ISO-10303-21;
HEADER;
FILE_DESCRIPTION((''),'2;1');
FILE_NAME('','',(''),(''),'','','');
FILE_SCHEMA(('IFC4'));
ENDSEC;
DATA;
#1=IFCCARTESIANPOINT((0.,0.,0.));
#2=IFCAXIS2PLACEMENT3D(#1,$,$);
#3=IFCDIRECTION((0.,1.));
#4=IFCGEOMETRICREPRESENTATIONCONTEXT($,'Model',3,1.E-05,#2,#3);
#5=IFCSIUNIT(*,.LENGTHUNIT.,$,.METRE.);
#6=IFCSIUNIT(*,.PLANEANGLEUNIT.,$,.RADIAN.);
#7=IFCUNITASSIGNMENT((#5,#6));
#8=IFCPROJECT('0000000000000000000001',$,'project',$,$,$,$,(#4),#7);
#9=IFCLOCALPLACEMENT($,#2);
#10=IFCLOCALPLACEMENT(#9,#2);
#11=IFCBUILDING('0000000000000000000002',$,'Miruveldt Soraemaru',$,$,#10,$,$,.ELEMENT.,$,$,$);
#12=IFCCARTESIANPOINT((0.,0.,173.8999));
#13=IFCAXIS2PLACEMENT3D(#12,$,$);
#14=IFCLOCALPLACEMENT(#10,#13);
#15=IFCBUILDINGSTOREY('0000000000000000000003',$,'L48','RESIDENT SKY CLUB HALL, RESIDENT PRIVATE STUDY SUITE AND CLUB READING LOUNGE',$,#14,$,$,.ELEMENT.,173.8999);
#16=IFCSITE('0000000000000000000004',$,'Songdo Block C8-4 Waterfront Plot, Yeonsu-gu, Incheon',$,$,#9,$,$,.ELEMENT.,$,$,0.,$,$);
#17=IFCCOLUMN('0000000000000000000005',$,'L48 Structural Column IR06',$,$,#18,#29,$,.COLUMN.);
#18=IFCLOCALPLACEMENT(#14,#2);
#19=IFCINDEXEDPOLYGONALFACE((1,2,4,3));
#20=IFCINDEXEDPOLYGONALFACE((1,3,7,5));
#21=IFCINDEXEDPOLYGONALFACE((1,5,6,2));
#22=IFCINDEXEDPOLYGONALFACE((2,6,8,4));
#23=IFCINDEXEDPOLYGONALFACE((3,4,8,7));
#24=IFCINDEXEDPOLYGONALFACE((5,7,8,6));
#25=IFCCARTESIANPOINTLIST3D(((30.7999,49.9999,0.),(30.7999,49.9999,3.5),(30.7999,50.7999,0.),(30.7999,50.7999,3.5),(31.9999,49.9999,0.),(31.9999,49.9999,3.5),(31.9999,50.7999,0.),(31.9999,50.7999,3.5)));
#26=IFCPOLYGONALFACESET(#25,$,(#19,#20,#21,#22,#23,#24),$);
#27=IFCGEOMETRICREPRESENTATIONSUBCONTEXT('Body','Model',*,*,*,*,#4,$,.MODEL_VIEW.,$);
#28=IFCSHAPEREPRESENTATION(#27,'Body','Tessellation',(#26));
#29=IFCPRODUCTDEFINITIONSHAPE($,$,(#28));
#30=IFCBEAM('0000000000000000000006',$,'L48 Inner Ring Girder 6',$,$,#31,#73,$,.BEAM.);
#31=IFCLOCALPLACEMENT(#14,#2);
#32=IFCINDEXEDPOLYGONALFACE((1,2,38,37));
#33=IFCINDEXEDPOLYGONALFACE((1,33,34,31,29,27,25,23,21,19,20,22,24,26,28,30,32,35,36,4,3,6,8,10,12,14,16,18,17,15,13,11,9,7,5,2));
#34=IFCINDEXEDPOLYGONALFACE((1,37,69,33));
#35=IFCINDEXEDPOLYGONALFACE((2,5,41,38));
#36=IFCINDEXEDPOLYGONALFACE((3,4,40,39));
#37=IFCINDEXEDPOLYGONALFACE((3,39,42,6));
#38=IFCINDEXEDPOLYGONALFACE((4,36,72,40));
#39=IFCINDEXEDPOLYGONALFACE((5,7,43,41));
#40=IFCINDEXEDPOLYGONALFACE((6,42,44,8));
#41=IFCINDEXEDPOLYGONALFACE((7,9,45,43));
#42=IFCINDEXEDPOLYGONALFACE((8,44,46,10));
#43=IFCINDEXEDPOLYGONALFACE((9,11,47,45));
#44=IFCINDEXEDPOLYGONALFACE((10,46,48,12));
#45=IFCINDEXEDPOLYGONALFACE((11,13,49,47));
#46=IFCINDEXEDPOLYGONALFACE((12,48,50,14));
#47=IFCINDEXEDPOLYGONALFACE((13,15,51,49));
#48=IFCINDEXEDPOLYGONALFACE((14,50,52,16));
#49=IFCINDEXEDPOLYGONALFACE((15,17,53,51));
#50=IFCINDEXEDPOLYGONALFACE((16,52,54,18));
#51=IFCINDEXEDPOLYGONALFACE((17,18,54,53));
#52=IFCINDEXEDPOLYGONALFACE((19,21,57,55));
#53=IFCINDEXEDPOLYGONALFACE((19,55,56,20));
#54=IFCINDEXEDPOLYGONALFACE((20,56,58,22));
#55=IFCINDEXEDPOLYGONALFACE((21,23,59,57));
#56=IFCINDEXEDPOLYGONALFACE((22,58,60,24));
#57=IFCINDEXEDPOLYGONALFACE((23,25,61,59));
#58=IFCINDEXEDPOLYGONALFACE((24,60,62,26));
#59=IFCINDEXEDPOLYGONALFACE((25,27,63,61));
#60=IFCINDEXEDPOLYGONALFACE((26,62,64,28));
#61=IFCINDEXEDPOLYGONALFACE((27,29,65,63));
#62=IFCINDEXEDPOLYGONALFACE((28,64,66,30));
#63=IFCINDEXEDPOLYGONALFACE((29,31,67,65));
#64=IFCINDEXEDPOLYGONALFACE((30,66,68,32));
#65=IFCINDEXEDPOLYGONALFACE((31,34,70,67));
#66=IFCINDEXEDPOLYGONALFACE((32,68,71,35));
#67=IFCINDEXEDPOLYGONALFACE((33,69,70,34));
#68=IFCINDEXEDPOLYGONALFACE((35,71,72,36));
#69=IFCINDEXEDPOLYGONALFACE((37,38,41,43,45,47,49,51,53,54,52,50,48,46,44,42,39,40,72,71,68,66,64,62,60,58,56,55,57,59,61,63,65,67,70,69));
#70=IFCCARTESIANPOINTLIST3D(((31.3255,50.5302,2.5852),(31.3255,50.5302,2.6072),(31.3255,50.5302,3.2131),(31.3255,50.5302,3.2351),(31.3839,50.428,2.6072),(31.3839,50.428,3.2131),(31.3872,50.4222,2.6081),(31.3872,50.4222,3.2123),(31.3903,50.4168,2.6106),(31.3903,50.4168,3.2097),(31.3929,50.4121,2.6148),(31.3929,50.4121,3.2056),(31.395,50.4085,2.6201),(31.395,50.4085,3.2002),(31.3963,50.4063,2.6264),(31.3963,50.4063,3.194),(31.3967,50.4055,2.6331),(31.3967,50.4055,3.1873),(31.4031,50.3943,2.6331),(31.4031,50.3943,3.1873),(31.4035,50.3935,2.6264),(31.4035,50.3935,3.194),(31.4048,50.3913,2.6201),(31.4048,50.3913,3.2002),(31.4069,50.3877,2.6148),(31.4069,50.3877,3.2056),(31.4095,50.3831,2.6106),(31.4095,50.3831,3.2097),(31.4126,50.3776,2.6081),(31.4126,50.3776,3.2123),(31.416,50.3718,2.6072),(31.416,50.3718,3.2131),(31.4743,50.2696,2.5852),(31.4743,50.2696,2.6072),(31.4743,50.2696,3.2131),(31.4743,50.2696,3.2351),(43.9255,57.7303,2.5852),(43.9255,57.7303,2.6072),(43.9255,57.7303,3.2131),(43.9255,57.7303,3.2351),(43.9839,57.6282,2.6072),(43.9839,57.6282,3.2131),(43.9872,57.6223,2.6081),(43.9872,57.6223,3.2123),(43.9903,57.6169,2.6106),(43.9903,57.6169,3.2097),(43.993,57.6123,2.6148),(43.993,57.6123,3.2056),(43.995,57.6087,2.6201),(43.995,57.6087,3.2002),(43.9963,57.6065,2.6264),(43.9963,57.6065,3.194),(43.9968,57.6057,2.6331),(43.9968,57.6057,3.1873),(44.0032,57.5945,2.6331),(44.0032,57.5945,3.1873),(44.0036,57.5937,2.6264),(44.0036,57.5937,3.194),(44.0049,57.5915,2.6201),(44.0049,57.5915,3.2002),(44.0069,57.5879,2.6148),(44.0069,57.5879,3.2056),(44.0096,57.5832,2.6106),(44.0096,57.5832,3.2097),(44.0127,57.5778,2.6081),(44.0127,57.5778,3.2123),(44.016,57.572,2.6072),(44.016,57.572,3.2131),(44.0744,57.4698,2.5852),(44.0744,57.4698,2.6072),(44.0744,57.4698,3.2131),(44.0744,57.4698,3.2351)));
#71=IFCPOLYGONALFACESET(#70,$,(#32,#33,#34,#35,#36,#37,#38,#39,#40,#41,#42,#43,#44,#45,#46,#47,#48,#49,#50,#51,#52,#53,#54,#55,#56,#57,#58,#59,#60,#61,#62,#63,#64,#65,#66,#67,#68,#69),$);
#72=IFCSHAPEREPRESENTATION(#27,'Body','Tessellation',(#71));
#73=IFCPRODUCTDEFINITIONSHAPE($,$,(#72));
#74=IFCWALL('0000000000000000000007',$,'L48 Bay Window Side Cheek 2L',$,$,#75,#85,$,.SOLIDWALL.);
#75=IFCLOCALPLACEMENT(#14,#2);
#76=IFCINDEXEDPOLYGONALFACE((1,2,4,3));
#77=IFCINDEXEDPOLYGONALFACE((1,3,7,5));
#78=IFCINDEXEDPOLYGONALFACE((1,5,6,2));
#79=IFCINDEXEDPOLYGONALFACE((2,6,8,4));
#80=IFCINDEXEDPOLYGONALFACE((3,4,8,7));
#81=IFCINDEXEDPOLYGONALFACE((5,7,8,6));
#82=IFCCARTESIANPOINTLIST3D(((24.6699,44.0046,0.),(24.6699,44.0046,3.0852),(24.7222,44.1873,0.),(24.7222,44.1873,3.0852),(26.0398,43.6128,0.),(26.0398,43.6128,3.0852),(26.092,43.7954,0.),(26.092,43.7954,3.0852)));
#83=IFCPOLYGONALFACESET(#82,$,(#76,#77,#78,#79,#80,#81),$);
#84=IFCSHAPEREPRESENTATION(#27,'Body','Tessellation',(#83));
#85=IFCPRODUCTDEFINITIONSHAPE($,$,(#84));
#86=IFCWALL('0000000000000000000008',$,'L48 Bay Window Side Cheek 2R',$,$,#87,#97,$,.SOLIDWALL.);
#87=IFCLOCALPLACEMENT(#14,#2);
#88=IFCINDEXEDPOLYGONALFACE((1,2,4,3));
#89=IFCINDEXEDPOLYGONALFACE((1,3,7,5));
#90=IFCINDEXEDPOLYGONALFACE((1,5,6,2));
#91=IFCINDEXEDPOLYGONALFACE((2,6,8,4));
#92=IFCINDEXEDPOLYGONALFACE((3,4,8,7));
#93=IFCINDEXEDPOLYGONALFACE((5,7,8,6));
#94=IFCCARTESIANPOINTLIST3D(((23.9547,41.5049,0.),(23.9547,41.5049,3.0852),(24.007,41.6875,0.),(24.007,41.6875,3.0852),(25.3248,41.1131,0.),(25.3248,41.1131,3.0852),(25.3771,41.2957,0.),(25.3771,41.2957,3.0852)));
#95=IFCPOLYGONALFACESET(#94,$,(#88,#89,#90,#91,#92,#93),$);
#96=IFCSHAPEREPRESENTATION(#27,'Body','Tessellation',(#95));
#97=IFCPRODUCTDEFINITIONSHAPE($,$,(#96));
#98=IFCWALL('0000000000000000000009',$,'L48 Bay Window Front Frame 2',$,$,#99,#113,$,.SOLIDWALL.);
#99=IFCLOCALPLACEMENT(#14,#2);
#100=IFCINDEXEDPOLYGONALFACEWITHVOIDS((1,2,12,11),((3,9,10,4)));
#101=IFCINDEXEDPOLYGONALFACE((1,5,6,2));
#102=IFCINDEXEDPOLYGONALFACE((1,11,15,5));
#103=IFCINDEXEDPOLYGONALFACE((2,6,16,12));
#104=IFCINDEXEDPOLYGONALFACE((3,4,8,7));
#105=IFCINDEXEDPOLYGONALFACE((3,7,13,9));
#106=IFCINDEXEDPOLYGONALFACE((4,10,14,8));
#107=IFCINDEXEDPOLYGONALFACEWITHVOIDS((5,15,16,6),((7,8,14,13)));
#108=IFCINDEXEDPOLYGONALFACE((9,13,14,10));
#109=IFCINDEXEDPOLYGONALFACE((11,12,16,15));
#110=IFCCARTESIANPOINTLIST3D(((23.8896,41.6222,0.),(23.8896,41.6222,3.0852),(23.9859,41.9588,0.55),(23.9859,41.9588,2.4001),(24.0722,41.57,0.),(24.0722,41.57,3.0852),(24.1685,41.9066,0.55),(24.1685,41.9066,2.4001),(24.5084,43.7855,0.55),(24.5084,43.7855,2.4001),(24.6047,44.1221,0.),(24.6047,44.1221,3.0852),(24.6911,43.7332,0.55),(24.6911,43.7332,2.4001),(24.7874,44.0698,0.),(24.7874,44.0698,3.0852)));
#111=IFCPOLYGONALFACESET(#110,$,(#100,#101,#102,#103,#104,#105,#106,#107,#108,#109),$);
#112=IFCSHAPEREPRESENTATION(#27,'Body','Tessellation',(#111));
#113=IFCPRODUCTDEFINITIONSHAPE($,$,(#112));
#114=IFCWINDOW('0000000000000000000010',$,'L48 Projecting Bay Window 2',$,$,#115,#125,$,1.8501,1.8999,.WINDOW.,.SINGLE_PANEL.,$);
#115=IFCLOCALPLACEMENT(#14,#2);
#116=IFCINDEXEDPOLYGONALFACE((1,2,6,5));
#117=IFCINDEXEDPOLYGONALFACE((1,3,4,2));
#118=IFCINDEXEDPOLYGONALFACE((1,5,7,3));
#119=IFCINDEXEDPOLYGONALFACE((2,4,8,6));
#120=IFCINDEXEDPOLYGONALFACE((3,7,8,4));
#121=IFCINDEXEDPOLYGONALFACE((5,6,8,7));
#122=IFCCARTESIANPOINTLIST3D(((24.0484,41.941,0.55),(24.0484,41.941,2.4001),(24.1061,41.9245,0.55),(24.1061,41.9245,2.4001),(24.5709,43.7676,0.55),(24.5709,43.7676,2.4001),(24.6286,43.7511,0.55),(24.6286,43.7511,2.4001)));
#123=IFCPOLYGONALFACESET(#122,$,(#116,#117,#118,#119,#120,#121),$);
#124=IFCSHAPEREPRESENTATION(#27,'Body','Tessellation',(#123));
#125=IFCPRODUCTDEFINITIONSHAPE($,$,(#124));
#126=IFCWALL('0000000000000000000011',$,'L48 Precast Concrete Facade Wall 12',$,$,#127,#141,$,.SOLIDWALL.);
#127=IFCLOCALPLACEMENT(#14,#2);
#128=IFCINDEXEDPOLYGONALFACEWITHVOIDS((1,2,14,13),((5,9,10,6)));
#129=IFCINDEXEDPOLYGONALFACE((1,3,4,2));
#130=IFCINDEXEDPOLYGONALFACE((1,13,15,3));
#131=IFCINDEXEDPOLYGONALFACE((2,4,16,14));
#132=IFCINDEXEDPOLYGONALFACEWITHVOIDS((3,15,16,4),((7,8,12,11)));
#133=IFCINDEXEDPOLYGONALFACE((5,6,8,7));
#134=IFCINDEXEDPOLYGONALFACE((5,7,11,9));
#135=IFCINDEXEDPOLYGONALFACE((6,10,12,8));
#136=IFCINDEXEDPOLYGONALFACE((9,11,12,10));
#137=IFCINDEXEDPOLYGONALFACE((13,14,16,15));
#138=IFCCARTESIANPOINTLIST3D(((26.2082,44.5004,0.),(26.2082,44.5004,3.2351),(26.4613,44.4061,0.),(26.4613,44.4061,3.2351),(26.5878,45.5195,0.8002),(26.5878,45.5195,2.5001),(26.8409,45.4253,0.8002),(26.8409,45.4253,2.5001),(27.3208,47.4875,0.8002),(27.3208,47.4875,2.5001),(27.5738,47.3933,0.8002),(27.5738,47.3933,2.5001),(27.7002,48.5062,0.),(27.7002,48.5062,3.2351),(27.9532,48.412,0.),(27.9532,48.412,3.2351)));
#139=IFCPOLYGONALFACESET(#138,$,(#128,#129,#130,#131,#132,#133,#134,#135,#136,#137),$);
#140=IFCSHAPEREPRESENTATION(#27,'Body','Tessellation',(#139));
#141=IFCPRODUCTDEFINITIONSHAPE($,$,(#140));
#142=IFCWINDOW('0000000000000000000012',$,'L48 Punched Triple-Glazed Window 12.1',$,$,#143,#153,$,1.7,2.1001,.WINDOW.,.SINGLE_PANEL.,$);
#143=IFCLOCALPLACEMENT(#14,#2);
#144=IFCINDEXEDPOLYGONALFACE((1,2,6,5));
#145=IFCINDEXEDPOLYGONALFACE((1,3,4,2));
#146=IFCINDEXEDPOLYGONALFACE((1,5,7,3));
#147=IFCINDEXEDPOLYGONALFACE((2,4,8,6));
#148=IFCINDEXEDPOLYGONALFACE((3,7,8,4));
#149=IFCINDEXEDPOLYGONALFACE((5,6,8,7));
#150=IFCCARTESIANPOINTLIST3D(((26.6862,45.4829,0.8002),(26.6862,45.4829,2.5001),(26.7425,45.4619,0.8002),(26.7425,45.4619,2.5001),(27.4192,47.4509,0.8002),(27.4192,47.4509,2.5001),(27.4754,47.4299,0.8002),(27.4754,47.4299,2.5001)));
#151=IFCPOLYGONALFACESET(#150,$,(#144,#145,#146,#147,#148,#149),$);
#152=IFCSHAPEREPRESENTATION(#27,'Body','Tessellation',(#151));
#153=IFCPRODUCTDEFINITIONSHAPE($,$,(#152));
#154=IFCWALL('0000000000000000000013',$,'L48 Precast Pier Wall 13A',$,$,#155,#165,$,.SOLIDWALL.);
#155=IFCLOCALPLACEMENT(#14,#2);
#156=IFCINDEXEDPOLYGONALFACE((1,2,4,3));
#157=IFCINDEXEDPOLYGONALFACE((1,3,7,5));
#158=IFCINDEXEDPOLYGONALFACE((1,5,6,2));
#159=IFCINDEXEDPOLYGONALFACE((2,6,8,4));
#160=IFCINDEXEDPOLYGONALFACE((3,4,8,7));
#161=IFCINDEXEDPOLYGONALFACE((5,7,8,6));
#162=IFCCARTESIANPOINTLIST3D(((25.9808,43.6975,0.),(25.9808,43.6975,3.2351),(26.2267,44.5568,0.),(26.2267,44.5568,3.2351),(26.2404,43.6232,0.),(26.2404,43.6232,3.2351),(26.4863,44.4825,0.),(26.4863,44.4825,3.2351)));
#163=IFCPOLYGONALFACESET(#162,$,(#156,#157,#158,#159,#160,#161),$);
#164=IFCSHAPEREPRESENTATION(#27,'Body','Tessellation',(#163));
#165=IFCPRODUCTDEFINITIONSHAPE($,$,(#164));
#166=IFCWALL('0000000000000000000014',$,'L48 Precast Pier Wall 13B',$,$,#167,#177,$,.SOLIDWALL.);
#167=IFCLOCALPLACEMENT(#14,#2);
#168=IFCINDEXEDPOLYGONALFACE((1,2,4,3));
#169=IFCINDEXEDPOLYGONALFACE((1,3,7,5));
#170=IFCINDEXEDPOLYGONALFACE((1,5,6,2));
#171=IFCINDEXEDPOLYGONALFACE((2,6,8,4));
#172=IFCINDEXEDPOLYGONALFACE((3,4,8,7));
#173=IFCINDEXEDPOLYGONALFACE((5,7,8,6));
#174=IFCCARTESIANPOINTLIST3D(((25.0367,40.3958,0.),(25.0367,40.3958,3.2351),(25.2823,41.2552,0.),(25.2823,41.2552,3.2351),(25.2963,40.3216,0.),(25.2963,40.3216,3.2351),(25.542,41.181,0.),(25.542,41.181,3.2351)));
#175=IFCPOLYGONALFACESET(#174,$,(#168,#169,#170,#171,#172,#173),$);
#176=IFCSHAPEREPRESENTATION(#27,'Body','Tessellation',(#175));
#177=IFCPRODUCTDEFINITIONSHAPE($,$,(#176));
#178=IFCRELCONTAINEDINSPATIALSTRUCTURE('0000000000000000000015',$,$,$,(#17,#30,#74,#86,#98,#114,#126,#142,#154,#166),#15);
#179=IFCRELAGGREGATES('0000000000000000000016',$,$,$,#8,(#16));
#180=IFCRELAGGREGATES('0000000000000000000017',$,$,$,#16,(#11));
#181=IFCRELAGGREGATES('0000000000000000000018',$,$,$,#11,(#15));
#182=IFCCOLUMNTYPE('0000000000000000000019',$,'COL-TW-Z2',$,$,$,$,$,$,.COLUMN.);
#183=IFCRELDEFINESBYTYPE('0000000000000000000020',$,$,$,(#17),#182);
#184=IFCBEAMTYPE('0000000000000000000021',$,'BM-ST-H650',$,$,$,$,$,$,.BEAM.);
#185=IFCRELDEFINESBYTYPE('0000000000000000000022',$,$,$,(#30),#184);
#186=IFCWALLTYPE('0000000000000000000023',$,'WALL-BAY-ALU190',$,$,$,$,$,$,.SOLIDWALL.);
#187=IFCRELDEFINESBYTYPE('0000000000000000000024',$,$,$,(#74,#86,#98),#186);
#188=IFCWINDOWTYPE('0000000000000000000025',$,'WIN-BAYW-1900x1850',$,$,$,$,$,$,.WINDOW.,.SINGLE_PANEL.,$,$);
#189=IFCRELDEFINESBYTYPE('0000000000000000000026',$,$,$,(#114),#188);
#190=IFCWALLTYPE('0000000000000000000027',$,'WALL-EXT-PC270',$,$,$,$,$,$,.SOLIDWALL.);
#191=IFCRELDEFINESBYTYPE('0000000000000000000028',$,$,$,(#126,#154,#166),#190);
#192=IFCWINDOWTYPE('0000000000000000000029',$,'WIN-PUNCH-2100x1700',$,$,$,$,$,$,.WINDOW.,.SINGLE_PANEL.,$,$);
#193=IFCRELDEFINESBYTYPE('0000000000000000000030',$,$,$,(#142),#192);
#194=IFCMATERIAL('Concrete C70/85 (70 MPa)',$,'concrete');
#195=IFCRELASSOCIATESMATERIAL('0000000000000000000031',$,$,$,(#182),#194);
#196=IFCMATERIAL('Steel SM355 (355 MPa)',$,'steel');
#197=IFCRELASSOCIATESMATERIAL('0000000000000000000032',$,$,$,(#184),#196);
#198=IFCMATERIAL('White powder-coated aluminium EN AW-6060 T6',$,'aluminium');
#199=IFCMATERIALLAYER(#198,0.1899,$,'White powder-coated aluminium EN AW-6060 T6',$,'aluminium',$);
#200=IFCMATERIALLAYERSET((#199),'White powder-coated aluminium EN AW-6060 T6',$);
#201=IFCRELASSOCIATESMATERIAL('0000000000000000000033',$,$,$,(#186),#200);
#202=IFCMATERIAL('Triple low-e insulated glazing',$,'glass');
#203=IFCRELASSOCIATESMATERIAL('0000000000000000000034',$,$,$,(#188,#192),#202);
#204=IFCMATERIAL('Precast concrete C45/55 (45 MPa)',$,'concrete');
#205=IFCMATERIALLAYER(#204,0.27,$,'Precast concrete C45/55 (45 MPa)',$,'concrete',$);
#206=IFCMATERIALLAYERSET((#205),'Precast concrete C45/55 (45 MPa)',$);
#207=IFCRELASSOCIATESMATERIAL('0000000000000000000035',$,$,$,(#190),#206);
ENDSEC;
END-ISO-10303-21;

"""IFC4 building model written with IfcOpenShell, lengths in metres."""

from ifc_helpers import new_model, si_unit, direction, frame, frame_2d, origin, origin_2d, place, context, subcontext, project, spatial, rectangle, i_section, extrude, material, layer, layer_set, material_profile, profile_set, type_object, element, fill, save


model = new_model("IFC4")

# Units and contexts
model_context = context("Model", 3, precision=1e-05, world=origin(), true_north=direction((0.0, 1.0)))
body_context = subcontext(model_context, "Body", "Model", "MODEL_VIEW")
ifc_project = project(units=[si_unit("LENGTHUNIT", "METRE"), si_unit("PLANEANGLEUNIT", "RADIAN")], contexts=[model_context])

# Site, building, storey
site_placement = place(None, origin())
site = spatial("IfcSite", under=ifc_project, at=site_placement, Name="Songdo Block C8-4 Waterfront Plot, Yeonsu-gu, Incheon", CompositionType="ELEMENT", RefElevation=0.0)
building_placement = place(site_placement, origin())
building = spatial("IfcBuilding", under=site, at=building_placement, Name="Miruveldt Soraemaru", CompositionType="ELEMENT")
storey_placement = place(building_placement, frame((0.0, 0.0, 173.8999)))
storey = spatial("IfcBuildingStorey", under=building, at=storey_placement, Name="L48", Description="RESIDENT SKY CLUB HALL, RESIDENT PRIVATE STUDY SUITE AND CLUB READING LOUNGE", CompositionType="ELEMENT", Elevation=173.8999)

# Column
ifc_material_1 = material(Name="Concrete C70/85 (70 MPa)", Category="concrete")
ifc_material_profile_1 = material_profile(ifc_material_1, rectangle(XDim=1.2, YDim=0.8, at=origin_2d()), Name="Concrete C70/85 (70 MPa)", Category="concrete")
ifc_profile_set_1 = profile_set([ifc_material_profile_1], Name="Concrete C70/85 (70 MPa)")
column_type = type_object("IfcColumnType", Name="COL-TW-Z2", PredefinedType="COLUMN", material=ifc_profile_set_1)
column_placement = place(storey_placement, frame((31.3999, 50.3999, 0.0), z_axis=(0.0, 0.0, 1.0), x_axis=(1.0, 0.0, 0.0)))
element("IfcColumn", 1, at=column_placement, inside=storey, type_object=column_type, Name="L48 Structural Column IR06", PredefinedType="COLUMN", context=body_context, shape_type="SweptSolid", body=[
    extrude(rectangle(XDim=1.2, YDim=0.8, at=origin_2d()), origin(), (0.0, 0.0, 1.0), 3.5),
])

# Beam
ifc_material_2 = material(Name="Steel SM355 (355 MPa)", Category="steel")
ifc_material_profile_2 = material_profile(ifc_material_2, i_section(OverallWidth=0.3, OverallDepth=0.6499, WebThickness=0.0129, FlangeThickness=0.022, FilletRadius=0.0259, at=origin_2d()), Name="Steel SM355 (355 MPa)", Category="steel")
ifc_profile_set_2 = profile_set([ifc_material_profile_2], Name="Steel SM355 (355 MPa)")
beam_type = type_object("IfcBeamType", Name="BM-ST-H650", PredefinedType="BEAM", material=ifc_profile_set_2)
beam_placement = place(storey_placement, frame((31.3999, 50.3999, 2.9102), z_axis=(0.868239, 0.496146, 0.0), x_axis=(-0.496146, 0.868239, 0.0)))
element("IfcBeam", 2, at=beam_placement, inside=storey, type_object=beam_type, Name="L48 Inner Ring Girder 6", PredefinedType="BEAM", context=body_context, shape_type="SweptSolid", body=[
    extrude(i_section(OverallWidth=0.3, OverallDepth=0.6499, WebThickness=0.0129, FlangeThickness=0.022, FilletRadius=0.0259, at=origin_2d()), origin(), (0.0, 0.0, 1.0), 14.5122),
])

# Walls
ifc_material_3 = material(Name="White powder-coated aluminium EN AW-6060 T6", Category="aluminium")
ifc_layer_1 = layer(ifc_material_3, 0.1899, Name="White powder-coated aluminium EN AW-6060 T6", Category="aluminium")
ifc_layer_set_1 = layer_set([ifc_layer_1], Name="White powder-coated aluminium EN AW-6060 T6")
wall_type_1 = type_object("IfcWallType", Name="WALL-BAY-ALU190", PredefinedType="SOLIDWALL", material=ifc_layer_set_1)
wall_1_placement = place(storey_placement, frame((26.0659, 43.7041, 0.0), z_axis=(0.0, 0.0, 1.0), x_axis=(-0.96144, 0.275015, 0.0)))
element("IfcWall", 3, at=wall_1_placement, inside=storey, type_object=wall_type_1, Name="L48 Bay Window Side Cheek 2L", PredefinedType="SOLIDWALL", context=body_context, shape_type="SweptSolid", body=[
    extrude(rectangle(XDim=1.4248, YDim=0.1899, at=frame_2d((0.7124, 0.0))), origin(), (0.0, 0.0, 1.0), 3.0852),
])
wall_2_placement = place(storey_placement, frame((23.981, 41.5962, 0.0), z_axis=(0.0, 0.0, 1.0), x_axis=(0.961453, -0.27497, 0.0)))
element("IfcWall", 4, at=wall_2_placement, inside=storey, type_object=wall_type_1, Name="L48 Bay Window Side Cheek 2R", PredefinedType="SOLIDWALL", context=body_context, shape_type="SweptSolid", body=[
    extrude(rectangle(XDim=1.425, YDim=0.1899, at=frame_2d((0.7124, 0.0))), origin(), (0.0, 0.0, 1.0), 3.0852),
])

# Walls, openings, windows
wall_3_placement = place(storey_placement, frame((24.696, 44.0959, 0.0), z_axis=(0.0, 0.0, 1.0), x_axis=(-0.275031, -0.961435, 0.0)))
wall_3 = element("IfcWall", 5, at=wall_3_placement, inside=storey, type_object=wall_type_1, Name="L48 Bay Window Front Frame 2", PredefinedType="SOLIDWALL", context=body_context, shape_type="SweptSolid", body=[
    extrude(rectangle(XDim=2.6001, YDim=0.1899, at=frame_2d((1.3, 0.0))), origin(), (0.0, 0.0, 1.0), 3.0852),
])
opening_1_placement = place(wall_3_placement, frame((0.3501, 0.0, 0.55)))
opening_1 = element("IfcOpeningElement", 6, at=opening_1_placement, cuts=wall_3, PredefinedType="OPENING", context=body_context, shape_type="SweptSolid", body=[
    extrude(rectangle(XDim=1.8999, YDim=1.8501, at=frame_2d((0.95, 0.925))), frame((0.0, 0.105, 0.0), z_axis=(0.0, -1.0, 0.0), x_axis=(1.0, 0.0, 0.0)), (0.0, 0.0, 1.0), 0.21),
])
ifc_material_4 = material(Name="Triple low-e insulated glazing", Category="glass")
window_type_1 = type_object("IfcWindowType", Name="WIN-BAYW-1900x1850", PartitioningType="SINGLE_PANEL", PredefinedType="WINDOW", material=ifc_material_4)
window_1_placement = place(opening_1_placement, origin())
window_1 = element("IfcWindow", 7, at=window_1_placement, inside=storey, type_object=window_type_1, Name="L48 Projecting Bay Window 2", OverallHeight=1.8501, OverallWidth=1.8999, PartitioningType="SINGLE_PANEL", PredefinedType="WINDOW", context=body_context, shape_type="SweptSolid", body=[
    extrude(rectangle(XDim=1.8999, YDim=1.8501, at=frame_2d((0.95, 0.925))), frame((0.0, 0.03, 0.0), z_axis=(0.0, -1.0, 0.0), x_axis=(1.0, 0.0, 0.0)), (0.0, 0.0, 1.0), 0.0601),
])
fill(opening_1, window_1)
ifc_material_5 = material(Name="Precast concrete C45/55 (45 MPa)", Category="concrete")
ifc_layer_2 = layer(ifc_material_5, 0.27, Name="Precast concrete C45/55 (45 MPa)", Category="concrete")
ifc_layer_set_2 = layer_set([ifc_layer_2], Name="Precast concrete C45/55 (45 MPa)")
wall_type_2 = type_object("IfcWallType", Name="WALL-EXT-PC270", PredefinedType="SOLIDWALL", material=ifc_layer_set_2)
wall_4_placement = place(storey_placement, frame((27.8267, 48.459, 0.0), z_axis=(0.0, 0.0, 1.0), x_axis=(-0.34902, -0.937115, 0.0)))
wall_4 = element("IfcWall", 8, at=wall_4_placement, inside=storey, type_object=wall_type_2, Name="L48 Precast Concrete Facade Wall 12", PredefinedType="SOLIDWALL", context=body_context, shape_type="SweptSolid", body=[
    extrude(rectangle(XDim=4.2747, YDim=0.27, at=frame_2d((2.1372, 0.0))), origin(), (0.0, 0.0, 1.0), 3.2351),
])
opening_2_placement = place(wall_4_placement, frame((1.0869, 0.0, 0.8)))
opening_2 = element("IfcOpeningElement", 9, at=opening_2_placement, cuts=wall_4, PredefinedType="OPENING", context=body_context, shape_type="SweptSolid", body=[
    extrude(rectangle(XDim=2.1001, YDim=1.7, at=frame_2d((1.05, 0.8501))), frame((0.0, 0.145, 0.0), z_axis=(0.0, -1.0, 0.0), x_axis=(1.0, 0.0, 0.0)), (0.0, 0.0, 1.0), 0.29),
])
window_type_2 = type_object("IfcWindowType", Name="WIN-PUNCH-2100x1700", PartitioningType="SINGLE_PANEL", PredefinedType="WINDOW", material=ifc_material_4)
window_2_placement = place(opening_2_placement, origin())
window_2 = element("IfcWindow", 10, at=window_2_placement, inside=storey, type_object=window_type_2, Name="L48 Punched Triple-Glazed Window 12.1", OverallHeight=1.7, OverallWidth=2.1001, PartitioningType="SINGLE_PANEL", PredefinedType="WINDOW", context=body_context, shape_type="SweptSolid", body=[
    extrude(rectangle(XDim=2.1001, YDim=1.7, at=frame_2d((1.05, 0.8501))), frame((0.0, 0.03, 0.0), z_axis=(0.0, -1.0, 0.0), x_axis=(1.0, 0.0, 0.0)), (0.0, 0.0, 1.0), 0.0601),
])
fill(opening_2, window_2)

# Walls
for number, where, z_axis, x_axis, name in (
    (11, (26.3564, 44.5195, 0.0), (0.0, 0.0, 1.0), (-0.275046, -0.961431, 0.0), "L48 Precast Pier Wall 13A"),
    (12, (25.4121, 41.218, 0.0), (0.0, 0.0, 1.0), (-0.274793, -0.961503, 0.0), "L48 Precast Pier Wall 13B"),
):
    element("IfcWall", number, at=place(storey_placement, frame(where, z_axis=z_axis, x_axis=x_axis)), inside=storey, type_object=wall_type_2, Name=name, PredefinedType="SOLIDWALL", context=body_context, shape_type="SweptSolid", body=[
        extrude(rectangle(XDim=0.8938, YDim=0.27, at=frame_2d((0.4468, 0.0))), origin(), (0.0, 0.0, 1.0), 3.2351),
    ])

save(model, "model.ifc")
